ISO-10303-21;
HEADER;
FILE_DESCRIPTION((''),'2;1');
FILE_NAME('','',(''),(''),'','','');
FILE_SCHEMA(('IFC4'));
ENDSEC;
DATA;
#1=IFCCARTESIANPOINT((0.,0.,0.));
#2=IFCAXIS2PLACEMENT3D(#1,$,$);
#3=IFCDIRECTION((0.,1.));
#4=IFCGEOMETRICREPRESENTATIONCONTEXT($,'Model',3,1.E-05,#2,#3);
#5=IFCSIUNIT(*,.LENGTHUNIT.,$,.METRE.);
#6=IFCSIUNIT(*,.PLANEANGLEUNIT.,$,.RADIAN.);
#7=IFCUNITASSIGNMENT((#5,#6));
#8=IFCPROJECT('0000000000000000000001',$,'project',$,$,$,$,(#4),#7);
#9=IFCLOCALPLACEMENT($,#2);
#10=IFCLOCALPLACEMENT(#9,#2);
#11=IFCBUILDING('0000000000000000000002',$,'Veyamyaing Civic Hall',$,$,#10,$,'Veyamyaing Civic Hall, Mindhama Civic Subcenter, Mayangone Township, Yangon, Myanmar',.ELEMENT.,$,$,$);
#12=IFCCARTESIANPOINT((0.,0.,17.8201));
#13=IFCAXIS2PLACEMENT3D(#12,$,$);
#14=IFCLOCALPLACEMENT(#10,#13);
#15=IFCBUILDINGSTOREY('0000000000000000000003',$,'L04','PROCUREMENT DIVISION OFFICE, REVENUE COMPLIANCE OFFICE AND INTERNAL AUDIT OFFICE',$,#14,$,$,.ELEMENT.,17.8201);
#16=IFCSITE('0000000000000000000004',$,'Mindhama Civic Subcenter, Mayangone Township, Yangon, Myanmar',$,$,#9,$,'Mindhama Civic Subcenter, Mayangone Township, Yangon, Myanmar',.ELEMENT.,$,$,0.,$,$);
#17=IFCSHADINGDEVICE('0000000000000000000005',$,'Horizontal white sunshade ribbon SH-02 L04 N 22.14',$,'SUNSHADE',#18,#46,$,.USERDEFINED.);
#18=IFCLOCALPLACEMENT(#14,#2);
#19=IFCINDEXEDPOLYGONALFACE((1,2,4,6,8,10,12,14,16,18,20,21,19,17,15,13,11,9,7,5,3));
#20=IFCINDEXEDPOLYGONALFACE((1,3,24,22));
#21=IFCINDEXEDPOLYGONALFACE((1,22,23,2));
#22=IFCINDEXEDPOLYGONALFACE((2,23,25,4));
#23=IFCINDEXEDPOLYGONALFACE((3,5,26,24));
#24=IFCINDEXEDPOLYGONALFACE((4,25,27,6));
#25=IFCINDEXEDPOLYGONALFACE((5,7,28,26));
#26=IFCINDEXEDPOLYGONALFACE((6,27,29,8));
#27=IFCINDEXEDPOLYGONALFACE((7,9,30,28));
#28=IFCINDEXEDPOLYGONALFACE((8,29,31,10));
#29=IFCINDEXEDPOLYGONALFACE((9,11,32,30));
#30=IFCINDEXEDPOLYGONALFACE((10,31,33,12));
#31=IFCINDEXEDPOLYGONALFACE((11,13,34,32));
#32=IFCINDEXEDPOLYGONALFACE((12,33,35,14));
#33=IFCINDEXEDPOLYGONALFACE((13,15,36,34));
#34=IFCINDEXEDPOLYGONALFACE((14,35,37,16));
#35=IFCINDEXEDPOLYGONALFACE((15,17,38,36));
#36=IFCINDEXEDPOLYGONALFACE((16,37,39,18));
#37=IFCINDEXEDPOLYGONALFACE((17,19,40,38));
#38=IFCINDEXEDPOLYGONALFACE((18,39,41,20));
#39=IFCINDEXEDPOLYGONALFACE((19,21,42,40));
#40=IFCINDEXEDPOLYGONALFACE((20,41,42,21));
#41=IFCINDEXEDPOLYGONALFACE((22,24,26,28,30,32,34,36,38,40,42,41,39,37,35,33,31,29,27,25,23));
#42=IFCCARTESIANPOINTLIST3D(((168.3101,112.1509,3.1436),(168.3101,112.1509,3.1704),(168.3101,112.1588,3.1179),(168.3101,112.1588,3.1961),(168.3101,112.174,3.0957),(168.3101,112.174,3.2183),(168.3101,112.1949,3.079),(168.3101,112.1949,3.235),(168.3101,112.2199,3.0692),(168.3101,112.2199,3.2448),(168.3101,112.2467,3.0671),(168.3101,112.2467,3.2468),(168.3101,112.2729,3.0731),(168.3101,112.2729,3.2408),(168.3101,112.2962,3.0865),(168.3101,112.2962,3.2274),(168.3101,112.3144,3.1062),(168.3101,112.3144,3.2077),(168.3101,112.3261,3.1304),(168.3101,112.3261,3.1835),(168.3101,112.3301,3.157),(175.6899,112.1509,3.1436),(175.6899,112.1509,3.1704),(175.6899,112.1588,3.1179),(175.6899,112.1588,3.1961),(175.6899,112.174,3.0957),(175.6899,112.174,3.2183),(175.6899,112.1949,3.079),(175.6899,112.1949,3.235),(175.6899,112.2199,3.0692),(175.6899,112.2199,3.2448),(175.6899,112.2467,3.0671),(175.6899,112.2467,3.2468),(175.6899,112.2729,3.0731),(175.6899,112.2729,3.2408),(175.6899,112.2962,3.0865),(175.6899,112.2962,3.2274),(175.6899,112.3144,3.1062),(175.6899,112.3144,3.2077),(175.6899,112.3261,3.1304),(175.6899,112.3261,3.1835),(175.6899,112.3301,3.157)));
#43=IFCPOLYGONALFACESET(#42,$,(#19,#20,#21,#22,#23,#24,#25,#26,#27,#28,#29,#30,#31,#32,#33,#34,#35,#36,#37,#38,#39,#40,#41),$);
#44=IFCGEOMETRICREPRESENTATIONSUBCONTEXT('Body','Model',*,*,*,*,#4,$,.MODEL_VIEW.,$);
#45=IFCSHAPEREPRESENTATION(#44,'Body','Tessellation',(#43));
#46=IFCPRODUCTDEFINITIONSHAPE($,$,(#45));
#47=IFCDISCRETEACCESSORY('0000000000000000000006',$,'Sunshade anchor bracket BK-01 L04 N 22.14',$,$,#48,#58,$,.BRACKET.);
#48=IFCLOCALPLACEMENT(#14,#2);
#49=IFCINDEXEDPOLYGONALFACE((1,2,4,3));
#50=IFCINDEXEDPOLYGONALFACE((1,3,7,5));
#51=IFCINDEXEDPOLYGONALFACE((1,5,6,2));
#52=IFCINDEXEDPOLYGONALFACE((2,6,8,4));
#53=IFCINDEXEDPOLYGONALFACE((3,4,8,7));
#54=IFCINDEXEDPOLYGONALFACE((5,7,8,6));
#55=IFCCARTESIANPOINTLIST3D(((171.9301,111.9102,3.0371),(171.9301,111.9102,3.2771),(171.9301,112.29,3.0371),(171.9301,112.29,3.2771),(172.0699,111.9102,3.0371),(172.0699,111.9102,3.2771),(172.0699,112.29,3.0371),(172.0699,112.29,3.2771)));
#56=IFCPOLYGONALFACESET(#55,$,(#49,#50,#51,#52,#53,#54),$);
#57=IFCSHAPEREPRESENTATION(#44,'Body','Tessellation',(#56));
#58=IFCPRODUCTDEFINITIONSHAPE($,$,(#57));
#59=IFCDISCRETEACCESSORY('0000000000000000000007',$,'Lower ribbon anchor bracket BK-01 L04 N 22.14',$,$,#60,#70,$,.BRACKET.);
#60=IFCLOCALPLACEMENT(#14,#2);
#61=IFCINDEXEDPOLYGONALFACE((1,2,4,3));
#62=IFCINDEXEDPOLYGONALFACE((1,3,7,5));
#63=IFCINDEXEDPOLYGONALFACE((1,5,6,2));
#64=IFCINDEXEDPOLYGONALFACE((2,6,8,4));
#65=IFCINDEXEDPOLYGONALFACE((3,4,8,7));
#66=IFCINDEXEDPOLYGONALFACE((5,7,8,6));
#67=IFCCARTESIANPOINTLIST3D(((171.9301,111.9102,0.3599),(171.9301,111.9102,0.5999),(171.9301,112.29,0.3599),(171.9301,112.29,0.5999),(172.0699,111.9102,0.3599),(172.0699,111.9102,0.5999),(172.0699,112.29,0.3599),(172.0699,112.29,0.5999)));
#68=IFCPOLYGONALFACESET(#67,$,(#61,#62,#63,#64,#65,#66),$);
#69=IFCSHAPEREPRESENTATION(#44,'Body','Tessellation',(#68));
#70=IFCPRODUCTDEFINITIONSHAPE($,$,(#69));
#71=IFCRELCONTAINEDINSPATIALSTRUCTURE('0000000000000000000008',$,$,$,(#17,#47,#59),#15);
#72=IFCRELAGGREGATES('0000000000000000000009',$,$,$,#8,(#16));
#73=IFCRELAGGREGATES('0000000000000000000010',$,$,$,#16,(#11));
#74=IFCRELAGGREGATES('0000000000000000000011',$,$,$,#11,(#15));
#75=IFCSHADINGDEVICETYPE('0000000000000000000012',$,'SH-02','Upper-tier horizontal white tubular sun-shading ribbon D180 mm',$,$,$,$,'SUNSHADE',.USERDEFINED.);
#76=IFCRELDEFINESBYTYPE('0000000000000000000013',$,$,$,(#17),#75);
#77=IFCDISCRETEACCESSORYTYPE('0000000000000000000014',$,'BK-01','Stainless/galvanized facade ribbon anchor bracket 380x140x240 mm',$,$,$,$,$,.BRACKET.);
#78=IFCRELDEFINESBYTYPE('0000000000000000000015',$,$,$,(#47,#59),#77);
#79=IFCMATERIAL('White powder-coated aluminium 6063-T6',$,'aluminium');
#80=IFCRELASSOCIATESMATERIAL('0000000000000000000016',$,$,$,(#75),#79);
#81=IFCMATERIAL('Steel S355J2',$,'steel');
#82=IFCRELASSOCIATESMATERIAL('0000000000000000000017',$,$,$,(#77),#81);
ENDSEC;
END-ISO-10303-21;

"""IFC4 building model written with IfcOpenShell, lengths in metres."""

from ifc_helpers import new_model, si_unit, direction, frame, origin, origin_2d, place, context, subcontext, project, spatial, rectangle, circle, extrude, material, material_profile, profile_set, type_object, element, save


model = new_model("IFC4")

# Units and contexts
model_context = context("Model", 3, precision=1e-05, world=origin(), true_north=direction((0.0, 1.0)))
body_context = subcontext(model_context, "Body", "Model", "MODEL_VIEW")
ifc_project = project(units=[si_unit("LENGTHUNIT", "METRE"), si_unit("PLANEANGLEUNIT", "RADIAN")], contexts=[model_context])

# Site, building, storey
site_placement = place(None, origin())
site = spatial("IfcSite", under=ifc_project, at=site_placement, Name="Mindhama Civic Subcenter, Mayangone Township, Yangon, Myanmar", LongName="Mindhama Civic Subcenter, Mayangone Township, Yangon, Myanmar", CompositionType="ELEMENT", RefElevation=0.0)
building_placement = place(site_placement, origin())
building = spatial("IfcBuilding", under=site, at=building_placement, Name="Veyamyaing Civic Hall", LongName="Veyamyaing Civic Hall, Mindhama Civic Subcenter, Mayangone Township, Yangon, Myanmar", CompositionType="ELEMENT")
storey_placement = place(building_placement, frame((0.0, 0.0, 17.8201)))
storey = spatial("IfcBuildingStorey", under=building, at=storey_placement, Name="L04", Description="PROCUREMENT DIVISION OFFICE, REVENUE COMPLIANCE OFFICE AND INTERNAL AUDIT OFFICE", CompositionType="ELEMENT", Elevation=17.8201)

# Shared definitions
ifc_material_1 = material(Name="White powder-coated aluminium 6063-T6", Category="aluminium")

# Shading device
ifc_material_profile_1 = material_profile(ifc_material_1, circle(Radius=0.0901, at=origin_2d()), Name="SHADE-TUBE-180")
ifc_profile_set_1 = profile_set([ifc_material_profile_1], Name="White powder-coated aluminium 6063-T6")
shading_device_type = type_object("IfcShadingDeviceType", Name="SH-02", Description="Upper-tier horizontal white tubular sun-shading ribbon D180 mm", ElementType="SUNSHADE", PredefinedType="USERDEFINED", material=ifc_profile_set_1)
shading_device_placement = place(storey_placement, frame((168.3101, 112.24, 3.157), z_axis=(1.0, 0.0, 0.0), x_axis=(0.0, 1.0, 0.0)))
element("IfcShadingDevice", 1, at=shading_device_placement, inside=storey, type_object=shading_device_type, Name="Horizontal white sunshade ribbon SH-02 L04 N 22.14", ObjectType="SUNSHADE", PredefinedType="USERDEFINED", context=body_context, shape_type="SweptSolid", body=[
    extrude(circle(Radius=0.0901, at=origin_2d()), origin(), (0.0, 0.0, 1.0), 7.3799),
])

# Discrete accessories
ifc_material_2 = material(Name="Steel S355J2", Category="steel")
discrete_accessory_type = type_object("IfcDiscreteAccessoryType", Name="BK-01", Description="Stainless/galvanized facade ribbon anchor bracket 380x140x240 mm", PredefinedType="BRACKET", material=ifc_material_2)
for number, where, z_axis, x_axis, name in (
    (2, (172.0, 112.1001, 3.0371), (0.0, 0.0, 1.0), (0.0, 1.0, 0.0), "Sunshade anchor bracket BK-01 L04 N 22.14"),
    (3, (172.0, 112.1001, 0.3599), (0.0, 0.0, 1.0), (0.0, 1.0, 0.0), "Lower ribbon anchor bracket BK-01 L04 N 22.14"),
):
    element("IfcDiscreteAccessory", number, at=place(storey_placement, frame(where, z_axis=z_axis, x_axis=x_axis)), inside=storey, type_object=discrete_accessory_type, Name=name, PredefinedType="BRACKET", context=body_context, shape_type="SweptSolid", body=[
        extrude(rectangle(XDim=0.3799, YDim=0.1399, at=origin_2d()), origin(), (0.0, 0.0, 1.0), 0.24),
    ])

save(model, "model.ifc")
